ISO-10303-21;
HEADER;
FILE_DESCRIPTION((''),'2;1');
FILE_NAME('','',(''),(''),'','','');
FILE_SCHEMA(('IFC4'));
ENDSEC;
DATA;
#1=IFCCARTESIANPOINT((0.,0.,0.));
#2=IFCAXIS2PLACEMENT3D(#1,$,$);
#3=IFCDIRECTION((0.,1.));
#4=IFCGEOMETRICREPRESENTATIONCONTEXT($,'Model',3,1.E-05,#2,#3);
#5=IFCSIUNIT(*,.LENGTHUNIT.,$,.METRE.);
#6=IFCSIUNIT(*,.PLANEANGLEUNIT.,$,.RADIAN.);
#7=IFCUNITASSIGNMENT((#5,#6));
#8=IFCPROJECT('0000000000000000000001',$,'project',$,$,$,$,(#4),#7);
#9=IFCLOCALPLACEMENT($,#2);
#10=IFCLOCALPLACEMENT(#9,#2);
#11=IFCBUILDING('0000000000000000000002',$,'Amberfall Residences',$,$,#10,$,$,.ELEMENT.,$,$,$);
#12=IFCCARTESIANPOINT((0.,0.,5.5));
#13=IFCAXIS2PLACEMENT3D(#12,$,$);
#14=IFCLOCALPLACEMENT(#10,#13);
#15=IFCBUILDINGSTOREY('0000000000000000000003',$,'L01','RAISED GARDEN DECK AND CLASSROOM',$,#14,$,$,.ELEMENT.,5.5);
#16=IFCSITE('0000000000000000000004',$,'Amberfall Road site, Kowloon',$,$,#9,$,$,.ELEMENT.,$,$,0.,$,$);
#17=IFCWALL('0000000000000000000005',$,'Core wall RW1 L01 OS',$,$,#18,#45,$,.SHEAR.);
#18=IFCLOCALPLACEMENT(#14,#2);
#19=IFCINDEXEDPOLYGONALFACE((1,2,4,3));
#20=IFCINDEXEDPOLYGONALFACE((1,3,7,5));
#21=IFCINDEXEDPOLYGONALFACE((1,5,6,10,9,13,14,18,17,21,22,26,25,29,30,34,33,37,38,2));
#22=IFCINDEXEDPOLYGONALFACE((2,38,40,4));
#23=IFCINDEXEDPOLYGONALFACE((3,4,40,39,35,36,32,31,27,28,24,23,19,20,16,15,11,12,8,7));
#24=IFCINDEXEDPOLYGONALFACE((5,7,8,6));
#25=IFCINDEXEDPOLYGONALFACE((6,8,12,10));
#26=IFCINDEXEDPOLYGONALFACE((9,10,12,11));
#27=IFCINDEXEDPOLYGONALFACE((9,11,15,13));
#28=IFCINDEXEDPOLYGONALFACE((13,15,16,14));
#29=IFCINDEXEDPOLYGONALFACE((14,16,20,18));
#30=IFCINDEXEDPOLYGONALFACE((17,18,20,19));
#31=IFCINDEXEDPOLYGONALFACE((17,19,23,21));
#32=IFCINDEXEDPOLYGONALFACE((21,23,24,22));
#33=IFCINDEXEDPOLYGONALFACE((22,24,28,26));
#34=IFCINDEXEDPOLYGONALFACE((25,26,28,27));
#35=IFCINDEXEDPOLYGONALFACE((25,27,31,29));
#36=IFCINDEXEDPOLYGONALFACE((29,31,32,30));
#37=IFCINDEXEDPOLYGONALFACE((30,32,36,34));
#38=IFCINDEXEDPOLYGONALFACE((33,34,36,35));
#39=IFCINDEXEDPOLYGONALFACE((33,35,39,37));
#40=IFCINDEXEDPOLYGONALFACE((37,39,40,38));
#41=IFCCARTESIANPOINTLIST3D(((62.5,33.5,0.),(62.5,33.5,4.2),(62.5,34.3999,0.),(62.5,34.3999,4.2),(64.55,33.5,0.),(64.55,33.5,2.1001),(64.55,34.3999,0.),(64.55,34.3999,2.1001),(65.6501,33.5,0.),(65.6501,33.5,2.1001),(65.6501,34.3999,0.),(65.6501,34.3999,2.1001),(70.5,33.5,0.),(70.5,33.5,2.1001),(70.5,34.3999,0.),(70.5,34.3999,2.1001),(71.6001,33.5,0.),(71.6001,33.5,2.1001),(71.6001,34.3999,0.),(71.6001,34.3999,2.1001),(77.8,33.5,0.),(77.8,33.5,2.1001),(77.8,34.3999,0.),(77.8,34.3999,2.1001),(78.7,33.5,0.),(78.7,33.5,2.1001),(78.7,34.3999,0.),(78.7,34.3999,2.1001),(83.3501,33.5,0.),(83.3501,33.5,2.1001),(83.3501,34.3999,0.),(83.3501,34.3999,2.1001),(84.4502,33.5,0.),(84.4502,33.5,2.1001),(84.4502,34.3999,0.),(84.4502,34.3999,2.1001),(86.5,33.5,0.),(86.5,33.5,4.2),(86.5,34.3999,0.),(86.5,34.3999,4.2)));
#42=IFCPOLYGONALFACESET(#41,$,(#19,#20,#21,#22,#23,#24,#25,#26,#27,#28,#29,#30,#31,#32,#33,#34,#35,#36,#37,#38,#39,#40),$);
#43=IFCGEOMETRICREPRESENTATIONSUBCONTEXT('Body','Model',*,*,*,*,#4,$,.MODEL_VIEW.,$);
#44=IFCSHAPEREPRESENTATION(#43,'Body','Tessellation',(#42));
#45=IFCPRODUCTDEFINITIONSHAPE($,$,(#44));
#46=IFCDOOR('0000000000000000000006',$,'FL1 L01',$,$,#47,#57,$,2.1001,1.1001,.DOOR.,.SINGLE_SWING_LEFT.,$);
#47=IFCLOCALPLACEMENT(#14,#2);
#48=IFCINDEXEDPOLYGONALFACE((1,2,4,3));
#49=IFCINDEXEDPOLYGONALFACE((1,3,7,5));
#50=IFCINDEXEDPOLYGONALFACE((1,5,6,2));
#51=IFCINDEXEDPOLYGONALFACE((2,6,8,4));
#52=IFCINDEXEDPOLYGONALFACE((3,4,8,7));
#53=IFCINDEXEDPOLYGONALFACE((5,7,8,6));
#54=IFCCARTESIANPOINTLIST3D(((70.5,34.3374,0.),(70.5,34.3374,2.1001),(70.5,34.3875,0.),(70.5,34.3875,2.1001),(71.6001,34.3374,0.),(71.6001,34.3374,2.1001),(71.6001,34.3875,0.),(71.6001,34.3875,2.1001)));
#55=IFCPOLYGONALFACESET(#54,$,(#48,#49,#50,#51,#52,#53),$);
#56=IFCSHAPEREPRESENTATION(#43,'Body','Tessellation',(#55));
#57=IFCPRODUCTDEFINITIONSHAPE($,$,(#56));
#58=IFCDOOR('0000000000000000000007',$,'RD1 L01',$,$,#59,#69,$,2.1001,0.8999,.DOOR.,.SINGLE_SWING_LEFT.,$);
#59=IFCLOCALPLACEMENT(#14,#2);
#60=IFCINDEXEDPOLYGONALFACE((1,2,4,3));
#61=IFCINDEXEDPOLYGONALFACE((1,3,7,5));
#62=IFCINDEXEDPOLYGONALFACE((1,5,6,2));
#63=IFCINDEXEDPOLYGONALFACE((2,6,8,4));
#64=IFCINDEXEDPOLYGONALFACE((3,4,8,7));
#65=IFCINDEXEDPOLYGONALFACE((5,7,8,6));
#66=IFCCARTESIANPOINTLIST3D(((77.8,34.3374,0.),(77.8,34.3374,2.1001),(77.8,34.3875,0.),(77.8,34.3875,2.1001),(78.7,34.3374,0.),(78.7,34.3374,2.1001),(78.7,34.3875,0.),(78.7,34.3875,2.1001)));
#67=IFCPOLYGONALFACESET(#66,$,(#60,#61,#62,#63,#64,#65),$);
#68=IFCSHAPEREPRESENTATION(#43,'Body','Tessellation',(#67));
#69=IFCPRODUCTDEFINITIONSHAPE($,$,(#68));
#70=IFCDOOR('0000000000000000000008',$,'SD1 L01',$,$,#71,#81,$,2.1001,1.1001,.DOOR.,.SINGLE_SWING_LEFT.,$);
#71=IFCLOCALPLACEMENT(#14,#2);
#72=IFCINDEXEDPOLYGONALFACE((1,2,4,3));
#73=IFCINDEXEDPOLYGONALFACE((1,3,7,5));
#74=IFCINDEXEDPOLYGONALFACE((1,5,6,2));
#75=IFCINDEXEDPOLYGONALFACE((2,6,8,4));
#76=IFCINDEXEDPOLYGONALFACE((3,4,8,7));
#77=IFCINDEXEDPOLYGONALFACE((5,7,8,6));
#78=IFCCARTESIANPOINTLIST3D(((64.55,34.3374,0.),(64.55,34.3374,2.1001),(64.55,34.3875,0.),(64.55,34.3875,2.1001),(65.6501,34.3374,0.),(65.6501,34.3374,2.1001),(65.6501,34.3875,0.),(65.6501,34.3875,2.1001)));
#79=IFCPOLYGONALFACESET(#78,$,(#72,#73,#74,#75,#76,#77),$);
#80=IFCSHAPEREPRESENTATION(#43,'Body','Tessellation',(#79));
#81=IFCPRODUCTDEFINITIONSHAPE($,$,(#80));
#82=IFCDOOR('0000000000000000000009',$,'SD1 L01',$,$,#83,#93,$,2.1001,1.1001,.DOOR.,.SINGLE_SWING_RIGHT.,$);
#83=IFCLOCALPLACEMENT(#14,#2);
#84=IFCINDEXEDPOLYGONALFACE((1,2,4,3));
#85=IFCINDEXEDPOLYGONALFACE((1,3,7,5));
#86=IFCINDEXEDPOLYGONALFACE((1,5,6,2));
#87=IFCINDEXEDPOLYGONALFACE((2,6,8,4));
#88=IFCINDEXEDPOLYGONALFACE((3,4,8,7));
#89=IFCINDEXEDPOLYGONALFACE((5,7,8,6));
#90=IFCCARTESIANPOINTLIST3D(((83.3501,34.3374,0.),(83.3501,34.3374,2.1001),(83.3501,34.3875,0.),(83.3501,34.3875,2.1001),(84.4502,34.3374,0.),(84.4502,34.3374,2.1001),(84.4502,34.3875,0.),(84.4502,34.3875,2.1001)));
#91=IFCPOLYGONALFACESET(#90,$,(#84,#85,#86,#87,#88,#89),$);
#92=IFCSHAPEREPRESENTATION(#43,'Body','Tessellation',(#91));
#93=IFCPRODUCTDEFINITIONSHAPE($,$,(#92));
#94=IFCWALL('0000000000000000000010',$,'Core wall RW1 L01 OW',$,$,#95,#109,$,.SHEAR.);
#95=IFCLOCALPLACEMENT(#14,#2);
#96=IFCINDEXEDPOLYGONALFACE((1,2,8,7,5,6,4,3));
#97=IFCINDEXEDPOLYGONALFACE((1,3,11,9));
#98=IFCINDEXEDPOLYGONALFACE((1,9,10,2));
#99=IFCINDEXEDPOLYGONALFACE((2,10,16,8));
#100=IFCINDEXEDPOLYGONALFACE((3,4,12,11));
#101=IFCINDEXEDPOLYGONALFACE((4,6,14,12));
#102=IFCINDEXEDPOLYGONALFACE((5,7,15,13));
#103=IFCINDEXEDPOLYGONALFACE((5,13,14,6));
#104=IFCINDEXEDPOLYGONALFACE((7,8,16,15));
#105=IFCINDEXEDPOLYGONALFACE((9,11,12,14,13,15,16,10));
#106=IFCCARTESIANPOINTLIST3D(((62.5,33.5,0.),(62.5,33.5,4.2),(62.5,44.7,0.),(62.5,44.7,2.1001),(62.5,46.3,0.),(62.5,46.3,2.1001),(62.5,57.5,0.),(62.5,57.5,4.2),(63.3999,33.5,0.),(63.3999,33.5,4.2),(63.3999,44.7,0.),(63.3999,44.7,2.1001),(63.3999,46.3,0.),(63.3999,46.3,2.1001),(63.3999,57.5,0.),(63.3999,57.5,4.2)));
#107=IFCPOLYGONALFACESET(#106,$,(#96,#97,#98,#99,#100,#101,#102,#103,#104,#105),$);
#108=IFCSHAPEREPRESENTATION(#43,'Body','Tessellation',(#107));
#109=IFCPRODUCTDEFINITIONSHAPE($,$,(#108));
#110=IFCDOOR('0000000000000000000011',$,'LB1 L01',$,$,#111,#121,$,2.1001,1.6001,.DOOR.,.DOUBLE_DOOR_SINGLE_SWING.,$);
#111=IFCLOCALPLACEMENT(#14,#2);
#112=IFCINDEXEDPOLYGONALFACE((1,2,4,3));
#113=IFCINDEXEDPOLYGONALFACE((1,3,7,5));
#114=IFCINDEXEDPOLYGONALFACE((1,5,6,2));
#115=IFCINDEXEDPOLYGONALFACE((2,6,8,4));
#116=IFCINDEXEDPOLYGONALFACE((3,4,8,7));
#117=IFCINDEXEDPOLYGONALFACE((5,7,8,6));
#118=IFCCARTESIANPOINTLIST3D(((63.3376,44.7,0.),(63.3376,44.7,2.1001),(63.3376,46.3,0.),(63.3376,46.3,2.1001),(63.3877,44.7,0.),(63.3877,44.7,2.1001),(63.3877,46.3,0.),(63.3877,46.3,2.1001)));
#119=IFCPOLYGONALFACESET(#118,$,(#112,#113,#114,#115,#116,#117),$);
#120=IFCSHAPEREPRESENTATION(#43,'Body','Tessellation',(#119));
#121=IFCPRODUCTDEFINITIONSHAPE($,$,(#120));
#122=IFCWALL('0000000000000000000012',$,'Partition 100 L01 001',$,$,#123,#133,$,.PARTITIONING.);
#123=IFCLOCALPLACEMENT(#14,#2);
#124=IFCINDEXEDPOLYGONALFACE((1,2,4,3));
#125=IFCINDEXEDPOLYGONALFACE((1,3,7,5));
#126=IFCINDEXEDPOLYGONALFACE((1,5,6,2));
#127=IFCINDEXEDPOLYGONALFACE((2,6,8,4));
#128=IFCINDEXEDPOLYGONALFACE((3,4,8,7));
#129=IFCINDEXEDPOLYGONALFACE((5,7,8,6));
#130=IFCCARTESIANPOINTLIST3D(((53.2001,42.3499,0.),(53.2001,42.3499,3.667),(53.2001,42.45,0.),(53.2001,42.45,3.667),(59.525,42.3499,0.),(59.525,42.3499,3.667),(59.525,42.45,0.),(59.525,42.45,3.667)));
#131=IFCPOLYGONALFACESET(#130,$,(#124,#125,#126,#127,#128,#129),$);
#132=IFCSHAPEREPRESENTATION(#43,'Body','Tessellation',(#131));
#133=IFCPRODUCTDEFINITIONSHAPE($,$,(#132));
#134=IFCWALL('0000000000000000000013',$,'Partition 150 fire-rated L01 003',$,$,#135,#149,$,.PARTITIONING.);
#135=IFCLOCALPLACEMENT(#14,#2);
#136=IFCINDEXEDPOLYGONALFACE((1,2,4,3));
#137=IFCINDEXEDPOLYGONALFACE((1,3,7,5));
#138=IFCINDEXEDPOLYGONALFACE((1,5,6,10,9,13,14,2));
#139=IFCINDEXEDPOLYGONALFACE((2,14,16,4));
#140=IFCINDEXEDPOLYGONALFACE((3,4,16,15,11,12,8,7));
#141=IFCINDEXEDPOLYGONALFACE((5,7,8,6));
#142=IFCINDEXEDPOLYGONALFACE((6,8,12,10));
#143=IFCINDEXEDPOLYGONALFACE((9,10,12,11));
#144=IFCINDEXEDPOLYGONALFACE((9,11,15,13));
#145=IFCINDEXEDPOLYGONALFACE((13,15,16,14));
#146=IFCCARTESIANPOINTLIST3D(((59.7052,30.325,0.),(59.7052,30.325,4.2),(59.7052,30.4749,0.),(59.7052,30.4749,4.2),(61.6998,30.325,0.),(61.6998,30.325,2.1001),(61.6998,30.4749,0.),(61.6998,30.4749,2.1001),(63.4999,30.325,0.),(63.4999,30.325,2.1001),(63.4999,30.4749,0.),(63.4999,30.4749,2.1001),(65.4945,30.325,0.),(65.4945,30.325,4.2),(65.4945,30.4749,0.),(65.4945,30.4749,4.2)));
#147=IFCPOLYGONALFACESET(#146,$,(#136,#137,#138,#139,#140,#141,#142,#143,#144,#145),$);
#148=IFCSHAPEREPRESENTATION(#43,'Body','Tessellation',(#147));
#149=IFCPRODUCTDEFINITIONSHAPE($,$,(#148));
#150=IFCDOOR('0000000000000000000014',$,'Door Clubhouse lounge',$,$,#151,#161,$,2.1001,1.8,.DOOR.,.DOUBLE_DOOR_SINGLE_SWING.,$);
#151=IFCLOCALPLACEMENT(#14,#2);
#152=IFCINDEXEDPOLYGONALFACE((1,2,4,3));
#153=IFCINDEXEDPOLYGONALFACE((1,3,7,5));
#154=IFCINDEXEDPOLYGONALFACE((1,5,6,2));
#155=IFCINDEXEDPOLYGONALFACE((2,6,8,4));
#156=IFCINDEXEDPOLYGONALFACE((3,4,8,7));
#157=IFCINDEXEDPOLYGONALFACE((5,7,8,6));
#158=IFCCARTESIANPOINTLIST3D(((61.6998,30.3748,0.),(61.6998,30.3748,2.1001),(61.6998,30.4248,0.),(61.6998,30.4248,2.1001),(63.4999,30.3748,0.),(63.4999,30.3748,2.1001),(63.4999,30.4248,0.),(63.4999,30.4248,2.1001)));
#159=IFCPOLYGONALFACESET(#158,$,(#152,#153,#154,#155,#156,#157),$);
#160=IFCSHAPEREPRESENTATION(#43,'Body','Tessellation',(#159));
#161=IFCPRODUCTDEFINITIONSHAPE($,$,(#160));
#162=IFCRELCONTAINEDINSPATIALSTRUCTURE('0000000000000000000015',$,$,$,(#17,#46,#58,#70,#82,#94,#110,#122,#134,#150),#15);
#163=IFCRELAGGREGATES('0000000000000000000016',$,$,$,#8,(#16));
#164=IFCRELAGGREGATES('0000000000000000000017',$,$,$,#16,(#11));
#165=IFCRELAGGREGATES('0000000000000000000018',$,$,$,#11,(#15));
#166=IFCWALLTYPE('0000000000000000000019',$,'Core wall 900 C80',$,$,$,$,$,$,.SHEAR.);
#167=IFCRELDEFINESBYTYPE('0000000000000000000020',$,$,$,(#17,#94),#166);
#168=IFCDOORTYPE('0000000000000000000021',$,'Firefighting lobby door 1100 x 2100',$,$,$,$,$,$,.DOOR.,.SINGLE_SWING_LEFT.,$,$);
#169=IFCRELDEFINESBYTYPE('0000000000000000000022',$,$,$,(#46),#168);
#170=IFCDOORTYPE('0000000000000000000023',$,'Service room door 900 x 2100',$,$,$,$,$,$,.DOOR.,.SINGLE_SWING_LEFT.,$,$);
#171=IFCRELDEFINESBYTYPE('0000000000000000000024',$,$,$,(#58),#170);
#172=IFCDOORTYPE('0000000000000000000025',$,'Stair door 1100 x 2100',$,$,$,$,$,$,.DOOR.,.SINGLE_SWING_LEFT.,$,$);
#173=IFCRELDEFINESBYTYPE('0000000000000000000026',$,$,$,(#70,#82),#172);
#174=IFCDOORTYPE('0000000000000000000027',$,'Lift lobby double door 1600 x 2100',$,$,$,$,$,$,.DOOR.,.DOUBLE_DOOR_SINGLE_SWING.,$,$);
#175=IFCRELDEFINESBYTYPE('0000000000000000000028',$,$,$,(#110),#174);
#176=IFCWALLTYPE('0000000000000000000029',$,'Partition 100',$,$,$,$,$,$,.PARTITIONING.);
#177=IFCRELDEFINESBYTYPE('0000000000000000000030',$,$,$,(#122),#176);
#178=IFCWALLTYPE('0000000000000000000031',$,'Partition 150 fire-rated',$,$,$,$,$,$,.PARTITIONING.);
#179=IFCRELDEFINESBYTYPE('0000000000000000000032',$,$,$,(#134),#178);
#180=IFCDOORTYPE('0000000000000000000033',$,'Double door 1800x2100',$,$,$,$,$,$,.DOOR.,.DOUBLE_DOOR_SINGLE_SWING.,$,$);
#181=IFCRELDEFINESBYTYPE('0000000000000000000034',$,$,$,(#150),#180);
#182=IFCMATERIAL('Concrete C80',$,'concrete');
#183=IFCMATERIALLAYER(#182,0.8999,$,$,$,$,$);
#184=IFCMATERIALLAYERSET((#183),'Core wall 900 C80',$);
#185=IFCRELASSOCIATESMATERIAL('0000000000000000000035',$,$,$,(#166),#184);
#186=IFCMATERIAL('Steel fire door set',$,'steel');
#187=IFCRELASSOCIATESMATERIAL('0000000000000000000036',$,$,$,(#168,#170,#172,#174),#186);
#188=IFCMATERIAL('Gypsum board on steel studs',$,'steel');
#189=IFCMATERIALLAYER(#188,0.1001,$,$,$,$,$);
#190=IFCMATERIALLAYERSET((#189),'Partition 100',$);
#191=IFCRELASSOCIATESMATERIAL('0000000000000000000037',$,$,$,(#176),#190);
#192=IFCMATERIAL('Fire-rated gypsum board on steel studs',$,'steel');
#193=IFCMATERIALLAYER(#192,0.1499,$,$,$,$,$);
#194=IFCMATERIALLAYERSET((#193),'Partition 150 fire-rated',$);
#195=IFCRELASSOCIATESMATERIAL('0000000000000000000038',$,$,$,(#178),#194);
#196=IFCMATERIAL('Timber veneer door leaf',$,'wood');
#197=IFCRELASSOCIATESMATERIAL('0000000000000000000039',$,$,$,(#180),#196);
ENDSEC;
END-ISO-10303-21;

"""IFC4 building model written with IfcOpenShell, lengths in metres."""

from ifc_helpers import new_model, si_unit, direction, frame, frame_2d, origin, place, context, subcontext, project, spatial, rectangle, extrude, material, layer, layer_set, type_object, element, fill, save


model = new_model("IFC4")

# Units and contexts
model_context = context("Model", 3, precision=1e-05, world=origin(), true_north=direction((0.0, 1.0)))
body_context = subcontext(model_context, "Body", "Model", "MODEL_VIEW")
ifc_project = project(units=[si_unit("LENGTHUNIT", "METRE"), si_unit("PLANEANGLEUNIT", "RADIAN")], contexts=[model_context])

# Site, building, storey
site_placement = place(None, origin())
site = spatial("IfcSite", under=ifc_project, at=site_placement, Name="Amberfall Road site, Kowloon", CompositionType="ELEMENT", RefElevation=0.0)
building_placement = place(site_placement, origin())
building = spatial("IfcBuilding", under=site, at=building_placement, Name="Amberfall Residences", CompositionType="ELEMENT")
storey_placement = place(building_placement, frame((0.0, 0.0, 5.5)))
storey = spatial("IfcBuildingStorey", under=building, at=storey_placement, Name="L01", Description="RAISED GARDEN DECK AND CLASSROOM", CompositionType="ELEMENT", Elevation=5.5)

# Shared definitions
ifc_material_1 = material(Name="Concrete C80", Category="concrete")

# Wall, openings, doors
ifc_layer_1 = layer(ifc_material_1, 0.8999)
ifc_layer_set_1 = layer_set([ifc_layer_1], Name="Core wall 900 C80")
wall_type_1 = type_object("IfcWallType", Name="Core wall 900 C80", PredefinedType="SHEAR", material=ifc_layer_set_1)
wall_1_placement = place(storey_placement, frame((62.5, 33.95, 0.0), z_axis=(0.0, 0.0, 1.0), x_axis=(1.0, 0.0, 0.0)))
wall_1 = element("IfcWall", 1, at=wall_1_placement, inside=storey, type_object=wall_type_1, Name="Core wall RW1 L01 OS", PredefinedType="SHEAR", context=body_context, shape_type="SweptSolid", body=[
    extrude(rectangle(XDim=24.0, YDim=0.8999, at=frame_2d((12.0, 0.0))), origin(), (0.0, 0.0, 1.0), 4.2),
])
opening_1_placement = place(wall_1_placement, frame((2.05, 0.0, 0.0)))
opening_1 = element("IfcOpeningElement", 2, at=opening_1_placement, cuts=wall_1, PredefinedType="OPENING", context=body_context, shape_type="SweptSolid", body=[
    extrude(rectangle(XDim=1.1001, YDim=2.1001, at=frame_2d((0.55, 1.05))), frame((0.0, 0.46, 0.0), z_axis=(0.0, -1.0, 0.0), x_axis=(1.0, 0.0, 0.0)), (0.0, 0.0, 1.0), 0.9199),
])
opening_2_placement = place(wall_1_placement, frame((20.8501, 0.0, 0.0)))
opening_2 = element("IfcOpeningElement", 3, at=opening_2_placement, cuts=wall_1, PredefinedType="OPENING", context=body_context, shape_type="SweptSolid", body=[
    extrude(rectangle(XDim=1.1001, YDim=2.1001, at=frame_2d((0.55, 1.05))), frame((0.0, 0.46, 0.0), z_axis=(0.0, -1.0, 0.0), x_axis=(1.0, 0.0, 0.0)), (0.0, 0.0, 1.0), 0.9199),
])
opening_3_placement = place(wall_1_placement, frame((8.0, 0.0, 0.0)))
opening_3 = element("IfcOpeningElement", 4, at=opening_3_placement, cuts=wall_1, PredefinedType="OPENING", context=body_context, shape_type="SweptSolid", body=[
    extrude(rectangle(XDim=1.1001, YDim=2.1001, at=frame_2d((0.55, 1.05))), frame((0.0, 0.46, 0.0), z_axis=(0.0, -1.0, 0.0), x_axis=(1.0, 0.0, 0.0)), (0.0, 0.0, 1.0), 0.9199),
])
opening_4_placement = place(wall_1_placement, frame((15.3, 0.0, 0.0)))
opening_4 = element("IfcOpeningElement", 5, at=opening_4_placement, cuts=wall_1, PredefinedType="OPENING", context=body_context, shape_type="SweptSolid", body=[
    extrude(rectangle(XDim=0.8999, YDim=2.1001, at=frame_2d((0.45, 1.05))), frame((0.0, 0.46, 0.0), z_axis=(0.0, -1.0, 0.0), x_axis=(1.0, 0.0, 0.0)), (0.0, 0.0, 1.0), 0.9199),
])
ifc_material_2 = material(Name="Steel fire door set", Category="steel")
door_type_1 = type_object("IfcDoorType", Name="Firefighting lobby door 1100 x 2100", OperationType="SINGLE_SWING_LEFT", PredefinedType="DOOR", material=ifc_material_2)
door_1_placement = place(opening_3_placement, origin())
door_1 = element("IfcDoor", 6, at=door_1_placement, inside=storey, type_object=door_type_1, Name="FL1 L01", OperationType="SINGLE_SWING_LEFT", OverallHeight=2.1001, OverallWidth=1.1001, PredefinedType="DOOR", context=body_context, shape_type="SweptSolid", body=[
    extrude(rectangle(XDim=1.1001, YDim=2.1001, at=frame_2d((0.55, 1.05))), frame((0.0, 0.4375, 0.0), z_axis=(0.0, -1.0, 0.0), x_axis=(1.0, 0.0, 0.0)), (0.0, 0.0, 1.0), 0.05),
])
fill(opening_3, door_1)
door_type_2 = type_object("IfcDoorType", Name="Service room door 900 x 2100", OperationType="SINGLE_SWING_LEFT", PredefinedType="DOOR", material=ifc_material_2)
door_2_placement = place(opening_4_placement, origin())
door_2 = element("IfcDoor", 7, at=door_2_placement, inside=storey, type_object=door_type_2, Name="RD1 L01", OperationType="SINGLE_SWING_LEFT", OverallHeight=2.1001, OverallWidth=0.8999, PredefinedType="DOOR", context=body_context, shape_type="SweptSolid", body=[
    extrude(rectangle(XDim=0.8999, YDim=2.1001, at=frame_2d((0.45, 1.05))), frame((0.0, 0.4375, 0.0), z_axis=(0.0, -1.0, 0.0), x_axis=(1.0, 0.0, 0.0)), (0.0, 0.0, 1.0), 0.05),
])
fill(opening_4, door_2)
door_type_3 = type_object("IfcDoorType", Name="Stair door 1100 x 2100", OperationType="SINGLE_SWING_LEFT", PredefinedType="DOOR", material=ifc_material_2)
door_3_placement = place(opening_1_placement, origin())
door_3 = element("IfcDoor", 8, at=door_3_placement, inside=storey, type_object=door_type_3, Name="SD1 L01", OperationType="SINGLE_SWING_LEFT", OverallHeight=2.1001, OverallWidth=1.1001, PredefinedType="DOOR", context=body_context, shape_type="SweptSolid", body=[
    extrude(rectangle(XDim=1.1001, YDim=2.1001, at=frame_2d((0.55, 1.05))), frame((0.0, 0.4375, 0.0), z_axis=(0.0, -1.0, 0.0), x_axis=(1.0, 0.0, 0.0)), (0.0, 0.0, 1.0), 0.05),
])
fill(opening_1, door_3)
door_4_placement = place(opening_2_placement, origin())
door_4 = element("IfcDoor", 9, at=door_4_placement, inside=storey, type_object=door_type_3, Name="SD1 L01", OperationType="SINGLE_SWING_RIGHT", OverallHeight=2.1001, OverallWidth=1.1001, PredefinedType="DOOR", context=body_context, shape_type="SweptSolid", body=[
    extrude(rectangle(XDim=1.1001, YDim=2.1001, at=frame_2d((0.55, 1.05))), frame((0.0, 0.4375, 0.0), z_axis=(0.0, -1.0, 0.0), x_axis=(1.0, 0.0, 0.0)), (0.0, 0.0, 1.0), 0.05),
])
fill(opening_2, door_4)

# Wall, opening, door
wall_2_placement = place(storey_placement, frame((62.95, 33.5, 0.0), z_axis=(0.0, 0.0, 1.0), x_axis=(0.0, 1.0, 0.0)))
wall_2 = element("IfcWall", 10, at=wall_2_placement, inside=storey, type_object=wall_type_1, Name="Core wall RW1 L01 OW", PredefinedType="SHEAR", context=body_context, shape_type="SweptSolid", body=[
    extrude(rectangle(XDim=24.0, YDim=0.8999, at=frame_2d((12.0, 0.0))), origin(), (0.0, 0.0, 1.0), 4.2),
])
opening_5_placement = place(wall_2_placement, frame((11.2, 0.0, 0.0)))
opening_5 = element("IfcOpeningElement", 11, at=opening_5_placement, cuts=wall_2, PredefinedType="OPENING", context=body_context, shape_type="SweptSolid", body=[
    extrude(rectangle(XDim=1.6001, YDim=2.1001, at=frame_2d((0.8, 1.05))), frame((0.0, 0.46, 0.0), z_axis=(0.0, -1.0, 0.0), x_axis=(1.0, 0.0, 0.0)), (0.0, 0.0, 1.0), 0.9199),
])
door_type_4 = type_object("IfcDoorType", Name="Lift lobby double door 1600 x 2100", OperationType="DOUBLE_DOOR_SINGLE_SWING", PredefinedType="DOOR", material=ifc_material_2)
door_5_placement = place(opening_5_placement, origin())
door_5 = element("IfcDoor", 12, at=door_5_placement, inside=storey, type_object=door_type_4, Name="LB1 L01", OperationType="DOUBLE_DOOR_SINGLE_SWING", OverallHeight=2.1001, OverallWidth=1.6001, PredefinedType="DOOR", context=body_context, shape_type="SweptSolid", body=[
    extrude(rectangle(XDim=1.6001, YDim=2.1001, at=frame_2d((0.8, 1.05))), frame((0.0, -0.3877, 0.0), z_axis=(0.0, -1.0, 0.0), x_axis=(1.0, 0.0, 0.0)), (0.0, 0.0, 1.0), 0.05),
])
fill(opening_5, door_5)

# Wall
ifc_material_3 = material(Name="Gypsum board on steel studs", Category="steel")
ifc_layer_2 = layer(ifc_material_3, 0.1001)
ifc_layer_set_2 = layer_set([ifc_layer_2], Name="Partition 100")
wall_type_2 = type_object("IfcWallType", Name="Partition 100", PredefinedType="PARTITIONING", material=ifc_layer_set_2)
wall_3_placement = place(storey_placement, frame((53.2, 42.3999, 0.0), z_axis=(0.0, 0.0, 1.0), x_axis=(1.0, 0.0, 0.0)))
element("IfcWall", 13, at=wall_3_placement, inside=storey, type_object=wall_type_2, Name="Partition 100 L01 001", PredefinedType="PARTITIONING", context=body_context, shape_type="SweptSolid", body=[
    extrude(rectangle(XDim=6.325, YDim=0.1001, at=frame_2d((3.1626, 0.0))), origin(), (0.0, 0.0, 1.0), 3.667),
])

# Wall, opening, door
ifc_material_4 = material(Name="Fire-rated gypsum board on steel studs", Category="steel")
ifc_layer_3 = layer(ifc_material_4, 0.1499)
ifc_layer_set_3 = layer_set([ifc_layer_3], Name="Partition 150 fire-rated")
wall_type_3 = type_object("IfcWallType", Name="Partition 150 fire-rated", PredefinedType="PARTITIONING", material=ifc_layer_set_3)
wall_4_placement = place(storey_placement, frame((59.7053, 30.3999, 0.0), z_axis=(0.0, 0.0, 1.0), x_axis=(1.0, 0.0, 0.0)))
wall_4 = element("IfcWall", 14, at=wall_4_placement, inside=storey, type_object=wall_type_3, Name="Partition 150 fire-rated L01 003", PredefinedType="PARTITIONING", context=body_context, shape_type="SweptSolid", body=[
    extrude(rectangle(XDim=5.7893, YDim=0.1499, at=frame_2d((2.8945, 0.0))), origin(), (0.0, 0.0, 1.0), 4.2),
])
opening_6_placement = place(wall_4_placement, frame((1.9946, 0.0, 0.0)))
opening_6 = element("IfcOpeningElement", 15, at=opening_6_placement, cuts=wall_4, PredefinedType="OPENING", context=body_context, shape_type="SweptSolid", body=[
    extrude(rectangle(XDim=1.8, YDim=2.1001, at=frame_2d((0.8999, 1.05))), frame((0.0, 0.085, 0.0), z_axis=(0.0, -1.0, 0.0), x_axis=(1.0, 0.0, 0.0)), (0.0, 0.0, 1.0), 0.1699),
])
ifc_material_5 = material(Name="Timber veneer door leaf", Category="wood")
door_type_5 = type_object("IfcDoorType", Name="Double door 1800x2100", OperationType="DOUBLE_DOOR_SINGLE_SWING", PredefinedType="DOOR", material=ifc_material_5)
door_6_placement = place(opening_6_placement, origin())
door_6 = element("IfcDoor", 16, at=door_6_placement, inside=storey, type_object=door_type_5, Name="Door Clubhouse lounge", OperationType="DOUBLE_DOOR_SINGLE_SWING", OverallHeight=2.1001, OverallWidth=1.8, PredefinedType="DOOR", context=body_context, shape_type="SweptSolid", body=[
    extrude(rectangle(XDim=1.8, YDim=2.1001, at=frame_2d((0.8999, 1.05))), frame((0.0, 0.0249, 0.0), z_axis=(0.0, -1.0, 0.0), x_axis=(1.0, 0.0, 0.0)), (0.0, 0.0, 1.0), 0.05),
])
fill(opening_6, door_6)

save(model, "model.ifc")
